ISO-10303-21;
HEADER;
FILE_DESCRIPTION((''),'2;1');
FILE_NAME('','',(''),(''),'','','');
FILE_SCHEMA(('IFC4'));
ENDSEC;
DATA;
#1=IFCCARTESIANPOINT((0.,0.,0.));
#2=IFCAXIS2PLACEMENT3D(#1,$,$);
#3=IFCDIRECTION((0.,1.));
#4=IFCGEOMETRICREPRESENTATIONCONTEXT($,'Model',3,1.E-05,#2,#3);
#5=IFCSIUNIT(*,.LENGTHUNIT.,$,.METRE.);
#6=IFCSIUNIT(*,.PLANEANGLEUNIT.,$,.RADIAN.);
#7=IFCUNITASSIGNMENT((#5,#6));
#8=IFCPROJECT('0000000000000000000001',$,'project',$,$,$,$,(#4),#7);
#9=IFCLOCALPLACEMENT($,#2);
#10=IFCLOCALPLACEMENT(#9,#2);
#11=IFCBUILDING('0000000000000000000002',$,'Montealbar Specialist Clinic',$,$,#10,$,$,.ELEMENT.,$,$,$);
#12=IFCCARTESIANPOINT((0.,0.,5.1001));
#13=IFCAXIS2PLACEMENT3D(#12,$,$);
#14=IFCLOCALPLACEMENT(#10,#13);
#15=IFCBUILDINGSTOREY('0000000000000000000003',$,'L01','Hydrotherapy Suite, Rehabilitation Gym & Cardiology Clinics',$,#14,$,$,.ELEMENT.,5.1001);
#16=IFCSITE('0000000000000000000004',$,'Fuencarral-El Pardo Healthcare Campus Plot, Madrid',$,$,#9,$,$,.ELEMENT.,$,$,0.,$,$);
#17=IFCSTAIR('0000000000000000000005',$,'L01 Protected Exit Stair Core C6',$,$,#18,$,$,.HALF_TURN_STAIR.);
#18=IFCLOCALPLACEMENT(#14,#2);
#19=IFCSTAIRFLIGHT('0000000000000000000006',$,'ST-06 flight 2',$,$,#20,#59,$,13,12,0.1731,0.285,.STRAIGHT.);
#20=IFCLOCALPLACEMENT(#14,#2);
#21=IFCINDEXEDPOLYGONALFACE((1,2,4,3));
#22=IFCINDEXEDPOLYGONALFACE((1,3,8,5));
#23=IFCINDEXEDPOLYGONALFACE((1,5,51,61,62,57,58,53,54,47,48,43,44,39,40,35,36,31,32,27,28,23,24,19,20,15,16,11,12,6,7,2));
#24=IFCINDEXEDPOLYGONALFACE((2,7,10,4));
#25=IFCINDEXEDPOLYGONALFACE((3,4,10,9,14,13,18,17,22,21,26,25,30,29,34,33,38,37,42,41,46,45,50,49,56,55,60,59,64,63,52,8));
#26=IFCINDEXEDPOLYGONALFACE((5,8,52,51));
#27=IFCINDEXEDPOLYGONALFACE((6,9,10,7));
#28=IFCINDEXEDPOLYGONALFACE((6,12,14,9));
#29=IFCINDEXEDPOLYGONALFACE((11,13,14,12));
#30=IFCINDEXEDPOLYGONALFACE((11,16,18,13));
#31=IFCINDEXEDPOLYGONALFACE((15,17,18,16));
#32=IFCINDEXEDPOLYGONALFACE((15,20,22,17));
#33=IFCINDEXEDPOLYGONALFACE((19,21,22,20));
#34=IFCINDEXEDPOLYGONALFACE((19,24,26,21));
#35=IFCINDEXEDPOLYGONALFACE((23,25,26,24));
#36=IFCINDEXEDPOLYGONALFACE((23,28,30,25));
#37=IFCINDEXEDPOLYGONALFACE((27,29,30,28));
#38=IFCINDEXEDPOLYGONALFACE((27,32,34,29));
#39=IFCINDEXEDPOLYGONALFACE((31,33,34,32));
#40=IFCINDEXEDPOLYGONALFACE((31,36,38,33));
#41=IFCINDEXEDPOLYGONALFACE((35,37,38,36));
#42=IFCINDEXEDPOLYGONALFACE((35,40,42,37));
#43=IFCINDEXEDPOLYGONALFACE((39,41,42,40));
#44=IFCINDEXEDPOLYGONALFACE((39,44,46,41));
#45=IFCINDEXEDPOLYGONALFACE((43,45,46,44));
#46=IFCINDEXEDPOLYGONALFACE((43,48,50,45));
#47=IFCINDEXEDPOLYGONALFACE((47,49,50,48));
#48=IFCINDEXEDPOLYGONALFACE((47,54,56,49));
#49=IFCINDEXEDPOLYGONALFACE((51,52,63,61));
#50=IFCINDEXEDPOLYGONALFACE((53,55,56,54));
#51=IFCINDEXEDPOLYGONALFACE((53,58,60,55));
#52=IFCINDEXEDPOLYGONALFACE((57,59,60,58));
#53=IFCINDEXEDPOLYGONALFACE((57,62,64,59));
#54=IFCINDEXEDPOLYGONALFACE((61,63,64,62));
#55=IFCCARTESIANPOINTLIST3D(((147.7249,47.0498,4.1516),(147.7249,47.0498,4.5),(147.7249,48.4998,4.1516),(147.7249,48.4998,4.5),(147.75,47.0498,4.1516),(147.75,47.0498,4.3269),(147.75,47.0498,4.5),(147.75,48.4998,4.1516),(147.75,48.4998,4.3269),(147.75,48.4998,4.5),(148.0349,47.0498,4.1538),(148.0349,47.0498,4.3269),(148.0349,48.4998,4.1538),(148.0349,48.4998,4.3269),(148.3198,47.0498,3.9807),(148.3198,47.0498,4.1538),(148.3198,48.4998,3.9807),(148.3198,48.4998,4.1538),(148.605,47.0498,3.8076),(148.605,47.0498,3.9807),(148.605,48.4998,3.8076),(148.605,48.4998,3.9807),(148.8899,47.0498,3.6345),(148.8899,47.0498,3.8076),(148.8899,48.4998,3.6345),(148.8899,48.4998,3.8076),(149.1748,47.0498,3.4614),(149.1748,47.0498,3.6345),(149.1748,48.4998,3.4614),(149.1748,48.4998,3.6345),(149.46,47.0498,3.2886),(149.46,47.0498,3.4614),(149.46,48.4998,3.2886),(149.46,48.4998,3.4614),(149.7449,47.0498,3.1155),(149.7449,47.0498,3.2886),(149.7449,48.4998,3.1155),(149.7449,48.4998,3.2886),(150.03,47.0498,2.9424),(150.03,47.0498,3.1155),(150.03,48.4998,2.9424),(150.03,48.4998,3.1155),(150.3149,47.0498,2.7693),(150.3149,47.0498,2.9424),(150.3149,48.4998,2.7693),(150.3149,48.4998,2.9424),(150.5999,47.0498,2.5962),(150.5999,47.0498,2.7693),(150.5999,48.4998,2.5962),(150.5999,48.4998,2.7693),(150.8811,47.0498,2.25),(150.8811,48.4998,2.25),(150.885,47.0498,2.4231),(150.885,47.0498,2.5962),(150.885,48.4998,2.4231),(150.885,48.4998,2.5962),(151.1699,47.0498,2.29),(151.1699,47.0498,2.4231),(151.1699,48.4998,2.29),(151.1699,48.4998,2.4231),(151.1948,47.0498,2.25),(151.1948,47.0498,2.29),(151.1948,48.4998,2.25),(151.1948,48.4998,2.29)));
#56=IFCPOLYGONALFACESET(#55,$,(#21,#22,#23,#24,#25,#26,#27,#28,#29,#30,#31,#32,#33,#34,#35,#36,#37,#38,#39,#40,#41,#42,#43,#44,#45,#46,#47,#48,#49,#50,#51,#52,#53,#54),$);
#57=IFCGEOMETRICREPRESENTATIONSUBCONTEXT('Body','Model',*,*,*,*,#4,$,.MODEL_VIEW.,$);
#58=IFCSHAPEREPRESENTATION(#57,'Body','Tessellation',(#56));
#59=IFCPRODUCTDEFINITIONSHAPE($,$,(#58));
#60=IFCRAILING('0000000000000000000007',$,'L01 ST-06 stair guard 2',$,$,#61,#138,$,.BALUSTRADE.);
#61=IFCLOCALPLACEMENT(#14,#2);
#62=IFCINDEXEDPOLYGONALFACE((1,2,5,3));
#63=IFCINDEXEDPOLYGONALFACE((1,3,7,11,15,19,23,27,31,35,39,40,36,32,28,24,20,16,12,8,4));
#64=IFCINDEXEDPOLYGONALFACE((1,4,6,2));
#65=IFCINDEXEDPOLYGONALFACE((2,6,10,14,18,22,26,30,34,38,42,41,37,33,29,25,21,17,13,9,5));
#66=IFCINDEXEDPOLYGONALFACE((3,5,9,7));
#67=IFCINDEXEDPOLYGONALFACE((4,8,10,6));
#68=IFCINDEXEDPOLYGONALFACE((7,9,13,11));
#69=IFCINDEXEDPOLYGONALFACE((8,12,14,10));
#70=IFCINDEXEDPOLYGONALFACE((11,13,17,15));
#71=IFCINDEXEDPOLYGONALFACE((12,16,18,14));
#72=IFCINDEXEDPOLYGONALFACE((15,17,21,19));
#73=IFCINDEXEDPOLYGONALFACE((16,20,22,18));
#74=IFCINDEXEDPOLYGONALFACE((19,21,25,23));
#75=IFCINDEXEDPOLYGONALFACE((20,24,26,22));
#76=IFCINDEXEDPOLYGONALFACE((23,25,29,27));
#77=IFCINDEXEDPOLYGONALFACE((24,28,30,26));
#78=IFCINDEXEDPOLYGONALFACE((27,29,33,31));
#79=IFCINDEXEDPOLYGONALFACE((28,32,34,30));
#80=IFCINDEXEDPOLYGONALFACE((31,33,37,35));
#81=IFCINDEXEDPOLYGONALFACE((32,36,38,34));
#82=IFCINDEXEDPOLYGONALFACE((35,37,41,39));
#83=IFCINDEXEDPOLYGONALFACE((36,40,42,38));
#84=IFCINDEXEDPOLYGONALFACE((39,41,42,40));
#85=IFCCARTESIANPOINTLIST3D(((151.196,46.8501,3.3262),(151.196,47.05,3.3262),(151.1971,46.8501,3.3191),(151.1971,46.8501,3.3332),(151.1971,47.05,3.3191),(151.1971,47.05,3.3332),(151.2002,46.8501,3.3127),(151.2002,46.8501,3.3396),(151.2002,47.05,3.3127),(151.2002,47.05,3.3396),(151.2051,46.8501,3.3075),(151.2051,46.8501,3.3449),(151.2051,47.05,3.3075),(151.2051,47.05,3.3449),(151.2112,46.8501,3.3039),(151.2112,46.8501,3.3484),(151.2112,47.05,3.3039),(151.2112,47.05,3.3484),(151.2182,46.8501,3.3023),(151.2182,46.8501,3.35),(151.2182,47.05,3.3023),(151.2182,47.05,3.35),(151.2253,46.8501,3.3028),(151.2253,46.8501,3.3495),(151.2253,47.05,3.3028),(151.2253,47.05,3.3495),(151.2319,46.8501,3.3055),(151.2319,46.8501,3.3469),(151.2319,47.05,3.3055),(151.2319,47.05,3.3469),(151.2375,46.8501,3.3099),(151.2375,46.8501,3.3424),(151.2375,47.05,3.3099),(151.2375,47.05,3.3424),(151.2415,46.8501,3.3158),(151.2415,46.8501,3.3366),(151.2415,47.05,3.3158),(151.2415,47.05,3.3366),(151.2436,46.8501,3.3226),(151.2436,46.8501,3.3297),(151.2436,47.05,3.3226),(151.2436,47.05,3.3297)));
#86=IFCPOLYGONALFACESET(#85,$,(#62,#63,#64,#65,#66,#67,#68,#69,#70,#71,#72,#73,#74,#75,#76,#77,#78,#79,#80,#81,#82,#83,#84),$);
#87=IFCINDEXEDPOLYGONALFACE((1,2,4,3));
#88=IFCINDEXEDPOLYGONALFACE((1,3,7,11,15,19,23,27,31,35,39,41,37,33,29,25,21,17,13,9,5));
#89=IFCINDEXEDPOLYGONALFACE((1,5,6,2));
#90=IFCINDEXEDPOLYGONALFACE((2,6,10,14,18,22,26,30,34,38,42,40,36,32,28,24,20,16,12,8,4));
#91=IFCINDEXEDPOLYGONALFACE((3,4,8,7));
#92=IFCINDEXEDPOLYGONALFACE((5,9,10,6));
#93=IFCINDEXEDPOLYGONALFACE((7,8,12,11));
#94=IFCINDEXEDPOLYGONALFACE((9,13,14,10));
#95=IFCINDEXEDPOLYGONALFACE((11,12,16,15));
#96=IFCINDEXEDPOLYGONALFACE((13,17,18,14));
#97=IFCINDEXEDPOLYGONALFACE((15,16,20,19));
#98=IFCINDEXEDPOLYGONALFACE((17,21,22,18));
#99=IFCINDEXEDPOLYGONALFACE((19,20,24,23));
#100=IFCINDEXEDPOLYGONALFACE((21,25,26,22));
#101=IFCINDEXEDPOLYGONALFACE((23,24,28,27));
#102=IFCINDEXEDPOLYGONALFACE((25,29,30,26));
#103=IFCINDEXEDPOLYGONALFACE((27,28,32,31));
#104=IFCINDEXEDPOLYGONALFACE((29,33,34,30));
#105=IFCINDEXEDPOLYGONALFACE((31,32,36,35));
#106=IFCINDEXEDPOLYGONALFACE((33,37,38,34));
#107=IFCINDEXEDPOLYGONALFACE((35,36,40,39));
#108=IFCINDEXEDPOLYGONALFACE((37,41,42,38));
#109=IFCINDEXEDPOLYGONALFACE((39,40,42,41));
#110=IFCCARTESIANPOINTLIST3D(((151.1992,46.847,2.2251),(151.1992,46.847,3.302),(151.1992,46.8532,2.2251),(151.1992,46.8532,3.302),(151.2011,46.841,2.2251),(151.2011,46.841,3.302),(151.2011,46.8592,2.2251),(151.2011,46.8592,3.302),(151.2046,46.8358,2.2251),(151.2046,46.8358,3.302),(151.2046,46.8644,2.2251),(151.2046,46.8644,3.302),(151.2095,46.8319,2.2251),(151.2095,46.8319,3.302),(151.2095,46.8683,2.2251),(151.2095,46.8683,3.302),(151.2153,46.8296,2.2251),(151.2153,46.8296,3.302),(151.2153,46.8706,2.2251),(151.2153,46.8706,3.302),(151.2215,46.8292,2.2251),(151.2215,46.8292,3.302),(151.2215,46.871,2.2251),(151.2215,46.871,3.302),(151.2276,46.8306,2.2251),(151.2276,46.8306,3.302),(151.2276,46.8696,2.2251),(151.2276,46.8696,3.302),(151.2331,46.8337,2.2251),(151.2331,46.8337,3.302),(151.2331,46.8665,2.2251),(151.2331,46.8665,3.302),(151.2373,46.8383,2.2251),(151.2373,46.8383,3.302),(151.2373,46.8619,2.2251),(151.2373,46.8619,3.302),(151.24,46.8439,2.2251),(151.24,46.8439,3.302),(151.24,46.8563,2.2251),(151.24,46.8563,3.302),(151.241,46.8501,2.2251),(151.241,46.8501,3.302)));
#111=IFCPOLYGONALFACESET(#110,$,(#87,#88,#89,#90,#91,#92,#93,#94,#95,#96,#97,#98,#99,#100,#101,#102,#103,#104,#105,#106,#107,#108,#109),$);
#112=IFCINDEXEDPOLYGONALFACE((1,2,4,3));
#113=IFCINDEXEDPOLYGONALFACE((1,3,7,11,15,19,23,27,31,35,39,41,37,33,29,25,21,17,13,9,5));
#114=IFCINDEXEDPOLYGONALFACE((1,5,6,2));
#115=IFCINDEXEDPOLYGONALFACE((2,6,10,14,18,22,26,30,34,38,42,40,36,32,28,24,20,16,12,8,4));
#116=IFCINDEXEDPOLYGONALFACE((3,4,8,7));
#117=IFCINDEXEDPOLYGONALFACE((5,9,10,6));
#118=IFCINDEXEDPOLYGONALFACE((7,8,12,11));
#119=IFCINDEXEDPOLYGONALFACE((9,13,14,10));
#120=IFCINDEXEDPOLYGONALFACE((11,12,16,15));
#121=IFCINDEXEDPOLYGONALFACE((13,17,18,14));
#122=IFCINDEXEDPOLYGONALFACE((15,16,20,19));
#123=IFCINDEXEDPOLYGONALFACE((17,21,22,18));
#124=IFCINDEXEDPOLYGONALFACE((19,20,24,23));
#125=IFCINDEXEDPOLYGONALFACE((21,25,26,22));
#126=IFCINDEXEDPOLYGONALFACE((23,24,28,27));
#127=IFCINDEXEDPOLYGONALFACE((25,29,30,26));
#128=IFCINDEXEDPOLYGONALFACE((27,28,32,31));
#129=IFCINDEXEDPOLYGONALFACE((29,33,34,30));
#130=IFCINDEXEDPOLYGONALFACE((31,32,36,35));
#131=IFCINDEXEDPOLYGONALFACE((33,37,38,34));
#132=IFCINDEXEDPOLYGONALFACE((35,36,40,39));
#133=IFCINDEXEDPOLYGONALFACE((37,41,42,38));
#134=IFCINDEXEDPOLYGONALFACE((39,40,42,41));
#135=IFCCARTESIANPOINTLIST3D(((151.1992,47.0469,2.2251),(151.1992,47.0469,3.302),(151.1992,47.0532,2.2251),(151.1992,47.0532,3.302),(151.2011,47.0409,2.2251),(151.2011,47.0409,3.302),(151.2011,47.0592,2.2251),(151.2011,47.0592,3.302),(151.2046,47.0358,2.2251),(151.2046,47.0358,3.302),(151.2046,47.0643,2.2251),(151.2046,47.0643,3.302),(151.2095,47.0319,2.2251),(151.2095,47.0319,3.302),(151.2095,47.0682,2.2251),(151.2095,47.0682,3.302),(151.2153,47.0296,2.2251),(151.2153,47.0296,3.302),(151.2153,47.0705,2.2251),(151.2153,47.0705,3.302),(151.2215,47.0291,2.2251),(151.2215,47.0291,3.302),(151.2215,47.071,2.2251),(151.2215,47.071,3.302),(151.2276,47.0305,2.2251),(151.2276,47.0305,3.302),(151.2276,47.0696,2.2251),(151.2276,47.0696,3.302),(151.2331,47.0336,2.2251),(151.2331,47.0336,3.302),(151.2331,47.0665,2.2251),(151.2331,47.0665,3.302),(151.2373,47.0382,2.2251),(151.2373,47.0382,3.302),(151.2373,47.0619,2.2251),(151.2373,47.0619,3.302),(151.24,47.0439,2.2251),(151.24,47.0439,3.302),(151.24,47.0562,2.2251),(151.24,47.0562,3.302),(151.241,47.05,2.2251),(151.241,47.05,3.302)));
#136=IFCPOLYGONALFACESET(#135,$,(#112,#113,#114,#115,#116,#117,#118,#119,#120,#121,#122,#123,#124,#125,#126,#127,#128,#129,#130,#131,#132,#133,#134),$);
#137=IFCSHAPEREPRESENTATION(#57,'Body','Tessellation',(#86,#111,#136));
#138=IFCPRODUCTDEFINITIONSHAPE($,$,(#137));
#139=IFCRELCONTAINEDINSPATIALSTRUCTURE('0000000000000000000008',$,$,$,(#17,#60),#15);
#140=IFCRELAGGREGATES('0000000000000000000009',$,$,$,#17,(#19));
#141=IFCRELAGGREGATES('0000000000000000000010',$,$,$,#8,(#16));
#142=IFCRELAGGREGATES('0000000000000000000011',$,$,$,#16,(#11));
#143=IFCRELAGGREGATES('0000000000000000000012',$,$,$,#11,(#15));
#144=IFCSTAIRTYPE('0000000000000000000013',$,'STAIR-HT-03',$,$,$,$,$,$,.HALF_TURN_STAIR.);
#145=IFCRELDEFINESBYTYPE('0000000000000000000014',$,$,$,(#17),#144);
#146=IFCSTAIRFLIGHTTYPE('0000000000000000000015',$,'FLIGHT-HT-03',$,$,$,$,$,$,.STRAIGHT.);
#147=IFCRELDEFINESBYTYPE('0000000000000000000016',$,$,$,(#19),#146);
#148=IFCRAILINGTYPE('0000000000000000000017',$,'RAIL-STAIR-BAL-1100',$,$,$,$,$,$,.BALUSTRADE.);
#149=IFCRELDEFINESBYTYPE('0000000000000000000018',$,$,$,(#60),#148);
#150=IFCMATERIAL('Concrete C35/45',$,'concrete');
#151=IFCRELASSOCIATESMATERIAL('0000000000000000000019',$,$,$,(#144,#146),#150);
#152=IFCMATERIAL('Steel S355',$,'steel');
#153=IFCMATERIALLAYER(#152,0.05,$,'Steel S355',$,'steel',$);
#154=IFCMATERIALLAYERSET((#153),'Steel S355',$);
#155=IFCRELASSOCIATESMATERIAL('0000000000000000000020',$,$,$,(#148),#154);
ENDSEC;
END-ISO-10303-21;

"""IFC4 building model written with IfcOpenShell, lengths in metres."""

from ifc_helpers import new_model, si_unit, direction, frame, origin, origin_2d, place, context, subcontext, project, spatial, polyline, circle, outline, extrude, material, layer, layer_set, type_object, element, aggregate, save


model = new_model("IFC4")

# Units and contexts
model_context = context("Model", 3, precision=1e-05, world=origin(), true_north=direction((0.0, 1.0)))
body_context = subcontext(model_context, "Body", "Model", "MODEL_VIEW")
ifc_project = project(units=[si_unit("LENGTHUNIT", "METRE"), si_unit("PLANEANGLEUNIT", "RADIAN")], contexts=[model_context])

# Site, building, storey
site_placement = place(None, origin())
site = spatial("IfcSite", under=ifc_project, at=site_placement, Name="Fuencarral-El Pardo Healthcare Campus Plot, Madrid", CompositionType="ELEMENT", RefElevation=0.0)
building_placement = place(site_placement, origin())
building = spatial("IfcBuilding", under=site, at=building_placement, Name="Montealbar Specialist Clinic", CompositionType="ELEMENT")
storey_placement = place(building_placement, frame((0.0, 0.0, 5.1001)))
storey = spatial("IfcBuildingStorey", under=building, at=storey_placement, Name="L01", Description="Hydrotherapy Suite, Rehabilitation Gym & Cardiology Clinics", CompositionType="ELEMENT", Elevation=5.1001)

# Shared definitions
ifc_material_1 = material(Name="Steel S355", Category="steel")

# Shared definitions
ifc_material_2 = material(Name="Concrete C35/45", Category="concrete")

# Stair, stair flight
stair_type = type_object("IfcStairType", Name="STAIR-HT-03", PredefinedType="HALF_TURN_STAIR", material=ifc_material_2)
stair_placement = place(storey_placement, origin())
stair = element("IfcStair", 1, at=stair_placement, inside=storey, type_object=stair_type, Name="L01 Protected Exit Stair Core C6", PredefinedType="HALF_TURN_STAIR")
stair_flight_type = type_object("IfcStairFlightType", Name="FLIGHT-HT-03", PredefinedType="STRAIGHT", material=ifc_material_2)
stair_flight_placement = place(storey_placement, frame((151.1699, 47.7749, 2.25), z_axis=(0.0, 0.0, 1.0), x_axis=(-1.0, 0.0, 0.0)))
stair_flight = element("IfcStairFlight", 2, at=stair_flight_placement, type_object=stair_flight_type, Name="ST-06 flight 2", NumberOfRisers=13, NumberOfTreads=12, PredefinedType="STRAIGHT", RiserHeight=0.1731, TreadLength=0.285, context=body_context, shape_type="SweptSolid", body=[
    extrude(outline(polyline([(-0.0249, 0.0), (-0.0249, 0.04), (0.0, 0.04), (0.0, 0.1731), (0.2849, 0.1731), (0.2849, 0.3462), (0.5701, 0.3462), (0.5701, 0.5193), (0.855, 0.5193), (0.855, 0.6924), (1.1399, 0.6924), (1.1399, 0.8655), (1.425, 0.8655), (1.425, 1.0386), (1.71, 1.0386), (1.71, 1.2114), (1.9951, 1.2114), (1.9951, 1.3845), (2.28, 1.3845), (2.28, 1.5576), (2.5649, 1.5576), (2.5649, 1.7307), (2.8501, 1.7307), (2.8501, 1.9038), (3.135, 1.9038), (3.135, 2.0769), (3.4199, 2.0769), (3.4199, 2.25), (3.4451, 2.25), (3.4451, 1.9016), (3.4199, 1.9016), (0.2888, 0.0), (-0.0249, 0.0)])), frame((0.0, 0.7251, 0.0), z_axis=(0.0, -1.0, 0.0), x_axis=(1.0, 0.0, 0.0)), (0.0, 0.0, 1.0), 1.45),
])
aggregate(stair, [stair_flight])

# Railing
ifc_layer_1 = layer(ifc_material_1, 0.05, Name="Steel S355", Category="steel")
ifc_layer_set_1 = layer_set([ifc_layer_1], Name="Steel S355")
railing_type = type_object("IfcRailingType", Name="RAIL-STAIR-BAL-1100", PredefinedType="BALUSTRADE", material=ifc_layer_set_1)
railing_1_placement = place(storey_placement, frame((151.22, 46.8501, 2.25)))
element("IfcRailing", 3, at=railing_1_placement, inside=storey, type_object=railing_type, Name="L01 ST-06 stair guard 2", PredefinedType="BALUSTRADE", context=body_context, shape_type="SweptSolid", body=[
    extrude(circle(Radius=0.0239, at=origin_2d()), frame((0.0, 0.0, 1.0762), z_axis=(0.0, 1.0, 0.0), x_axis=(-1.0, 0.0, 0.0)), (0.0, 0.0, 1.0), 0.2),
    extrude(circle(Radius=0.021, at=origin_2d()), frame((0.0, 0.0, -0.0249)), (0.0, 0.0, 1.0), 1.0769),
    extrude(circle(Radius=0.021, at=origin_2d()), frame((0.0, 0.2, -0.0249)), (0.0, 0.0, 1.0), 1.0769),
])

save(model, "model.ifc")
